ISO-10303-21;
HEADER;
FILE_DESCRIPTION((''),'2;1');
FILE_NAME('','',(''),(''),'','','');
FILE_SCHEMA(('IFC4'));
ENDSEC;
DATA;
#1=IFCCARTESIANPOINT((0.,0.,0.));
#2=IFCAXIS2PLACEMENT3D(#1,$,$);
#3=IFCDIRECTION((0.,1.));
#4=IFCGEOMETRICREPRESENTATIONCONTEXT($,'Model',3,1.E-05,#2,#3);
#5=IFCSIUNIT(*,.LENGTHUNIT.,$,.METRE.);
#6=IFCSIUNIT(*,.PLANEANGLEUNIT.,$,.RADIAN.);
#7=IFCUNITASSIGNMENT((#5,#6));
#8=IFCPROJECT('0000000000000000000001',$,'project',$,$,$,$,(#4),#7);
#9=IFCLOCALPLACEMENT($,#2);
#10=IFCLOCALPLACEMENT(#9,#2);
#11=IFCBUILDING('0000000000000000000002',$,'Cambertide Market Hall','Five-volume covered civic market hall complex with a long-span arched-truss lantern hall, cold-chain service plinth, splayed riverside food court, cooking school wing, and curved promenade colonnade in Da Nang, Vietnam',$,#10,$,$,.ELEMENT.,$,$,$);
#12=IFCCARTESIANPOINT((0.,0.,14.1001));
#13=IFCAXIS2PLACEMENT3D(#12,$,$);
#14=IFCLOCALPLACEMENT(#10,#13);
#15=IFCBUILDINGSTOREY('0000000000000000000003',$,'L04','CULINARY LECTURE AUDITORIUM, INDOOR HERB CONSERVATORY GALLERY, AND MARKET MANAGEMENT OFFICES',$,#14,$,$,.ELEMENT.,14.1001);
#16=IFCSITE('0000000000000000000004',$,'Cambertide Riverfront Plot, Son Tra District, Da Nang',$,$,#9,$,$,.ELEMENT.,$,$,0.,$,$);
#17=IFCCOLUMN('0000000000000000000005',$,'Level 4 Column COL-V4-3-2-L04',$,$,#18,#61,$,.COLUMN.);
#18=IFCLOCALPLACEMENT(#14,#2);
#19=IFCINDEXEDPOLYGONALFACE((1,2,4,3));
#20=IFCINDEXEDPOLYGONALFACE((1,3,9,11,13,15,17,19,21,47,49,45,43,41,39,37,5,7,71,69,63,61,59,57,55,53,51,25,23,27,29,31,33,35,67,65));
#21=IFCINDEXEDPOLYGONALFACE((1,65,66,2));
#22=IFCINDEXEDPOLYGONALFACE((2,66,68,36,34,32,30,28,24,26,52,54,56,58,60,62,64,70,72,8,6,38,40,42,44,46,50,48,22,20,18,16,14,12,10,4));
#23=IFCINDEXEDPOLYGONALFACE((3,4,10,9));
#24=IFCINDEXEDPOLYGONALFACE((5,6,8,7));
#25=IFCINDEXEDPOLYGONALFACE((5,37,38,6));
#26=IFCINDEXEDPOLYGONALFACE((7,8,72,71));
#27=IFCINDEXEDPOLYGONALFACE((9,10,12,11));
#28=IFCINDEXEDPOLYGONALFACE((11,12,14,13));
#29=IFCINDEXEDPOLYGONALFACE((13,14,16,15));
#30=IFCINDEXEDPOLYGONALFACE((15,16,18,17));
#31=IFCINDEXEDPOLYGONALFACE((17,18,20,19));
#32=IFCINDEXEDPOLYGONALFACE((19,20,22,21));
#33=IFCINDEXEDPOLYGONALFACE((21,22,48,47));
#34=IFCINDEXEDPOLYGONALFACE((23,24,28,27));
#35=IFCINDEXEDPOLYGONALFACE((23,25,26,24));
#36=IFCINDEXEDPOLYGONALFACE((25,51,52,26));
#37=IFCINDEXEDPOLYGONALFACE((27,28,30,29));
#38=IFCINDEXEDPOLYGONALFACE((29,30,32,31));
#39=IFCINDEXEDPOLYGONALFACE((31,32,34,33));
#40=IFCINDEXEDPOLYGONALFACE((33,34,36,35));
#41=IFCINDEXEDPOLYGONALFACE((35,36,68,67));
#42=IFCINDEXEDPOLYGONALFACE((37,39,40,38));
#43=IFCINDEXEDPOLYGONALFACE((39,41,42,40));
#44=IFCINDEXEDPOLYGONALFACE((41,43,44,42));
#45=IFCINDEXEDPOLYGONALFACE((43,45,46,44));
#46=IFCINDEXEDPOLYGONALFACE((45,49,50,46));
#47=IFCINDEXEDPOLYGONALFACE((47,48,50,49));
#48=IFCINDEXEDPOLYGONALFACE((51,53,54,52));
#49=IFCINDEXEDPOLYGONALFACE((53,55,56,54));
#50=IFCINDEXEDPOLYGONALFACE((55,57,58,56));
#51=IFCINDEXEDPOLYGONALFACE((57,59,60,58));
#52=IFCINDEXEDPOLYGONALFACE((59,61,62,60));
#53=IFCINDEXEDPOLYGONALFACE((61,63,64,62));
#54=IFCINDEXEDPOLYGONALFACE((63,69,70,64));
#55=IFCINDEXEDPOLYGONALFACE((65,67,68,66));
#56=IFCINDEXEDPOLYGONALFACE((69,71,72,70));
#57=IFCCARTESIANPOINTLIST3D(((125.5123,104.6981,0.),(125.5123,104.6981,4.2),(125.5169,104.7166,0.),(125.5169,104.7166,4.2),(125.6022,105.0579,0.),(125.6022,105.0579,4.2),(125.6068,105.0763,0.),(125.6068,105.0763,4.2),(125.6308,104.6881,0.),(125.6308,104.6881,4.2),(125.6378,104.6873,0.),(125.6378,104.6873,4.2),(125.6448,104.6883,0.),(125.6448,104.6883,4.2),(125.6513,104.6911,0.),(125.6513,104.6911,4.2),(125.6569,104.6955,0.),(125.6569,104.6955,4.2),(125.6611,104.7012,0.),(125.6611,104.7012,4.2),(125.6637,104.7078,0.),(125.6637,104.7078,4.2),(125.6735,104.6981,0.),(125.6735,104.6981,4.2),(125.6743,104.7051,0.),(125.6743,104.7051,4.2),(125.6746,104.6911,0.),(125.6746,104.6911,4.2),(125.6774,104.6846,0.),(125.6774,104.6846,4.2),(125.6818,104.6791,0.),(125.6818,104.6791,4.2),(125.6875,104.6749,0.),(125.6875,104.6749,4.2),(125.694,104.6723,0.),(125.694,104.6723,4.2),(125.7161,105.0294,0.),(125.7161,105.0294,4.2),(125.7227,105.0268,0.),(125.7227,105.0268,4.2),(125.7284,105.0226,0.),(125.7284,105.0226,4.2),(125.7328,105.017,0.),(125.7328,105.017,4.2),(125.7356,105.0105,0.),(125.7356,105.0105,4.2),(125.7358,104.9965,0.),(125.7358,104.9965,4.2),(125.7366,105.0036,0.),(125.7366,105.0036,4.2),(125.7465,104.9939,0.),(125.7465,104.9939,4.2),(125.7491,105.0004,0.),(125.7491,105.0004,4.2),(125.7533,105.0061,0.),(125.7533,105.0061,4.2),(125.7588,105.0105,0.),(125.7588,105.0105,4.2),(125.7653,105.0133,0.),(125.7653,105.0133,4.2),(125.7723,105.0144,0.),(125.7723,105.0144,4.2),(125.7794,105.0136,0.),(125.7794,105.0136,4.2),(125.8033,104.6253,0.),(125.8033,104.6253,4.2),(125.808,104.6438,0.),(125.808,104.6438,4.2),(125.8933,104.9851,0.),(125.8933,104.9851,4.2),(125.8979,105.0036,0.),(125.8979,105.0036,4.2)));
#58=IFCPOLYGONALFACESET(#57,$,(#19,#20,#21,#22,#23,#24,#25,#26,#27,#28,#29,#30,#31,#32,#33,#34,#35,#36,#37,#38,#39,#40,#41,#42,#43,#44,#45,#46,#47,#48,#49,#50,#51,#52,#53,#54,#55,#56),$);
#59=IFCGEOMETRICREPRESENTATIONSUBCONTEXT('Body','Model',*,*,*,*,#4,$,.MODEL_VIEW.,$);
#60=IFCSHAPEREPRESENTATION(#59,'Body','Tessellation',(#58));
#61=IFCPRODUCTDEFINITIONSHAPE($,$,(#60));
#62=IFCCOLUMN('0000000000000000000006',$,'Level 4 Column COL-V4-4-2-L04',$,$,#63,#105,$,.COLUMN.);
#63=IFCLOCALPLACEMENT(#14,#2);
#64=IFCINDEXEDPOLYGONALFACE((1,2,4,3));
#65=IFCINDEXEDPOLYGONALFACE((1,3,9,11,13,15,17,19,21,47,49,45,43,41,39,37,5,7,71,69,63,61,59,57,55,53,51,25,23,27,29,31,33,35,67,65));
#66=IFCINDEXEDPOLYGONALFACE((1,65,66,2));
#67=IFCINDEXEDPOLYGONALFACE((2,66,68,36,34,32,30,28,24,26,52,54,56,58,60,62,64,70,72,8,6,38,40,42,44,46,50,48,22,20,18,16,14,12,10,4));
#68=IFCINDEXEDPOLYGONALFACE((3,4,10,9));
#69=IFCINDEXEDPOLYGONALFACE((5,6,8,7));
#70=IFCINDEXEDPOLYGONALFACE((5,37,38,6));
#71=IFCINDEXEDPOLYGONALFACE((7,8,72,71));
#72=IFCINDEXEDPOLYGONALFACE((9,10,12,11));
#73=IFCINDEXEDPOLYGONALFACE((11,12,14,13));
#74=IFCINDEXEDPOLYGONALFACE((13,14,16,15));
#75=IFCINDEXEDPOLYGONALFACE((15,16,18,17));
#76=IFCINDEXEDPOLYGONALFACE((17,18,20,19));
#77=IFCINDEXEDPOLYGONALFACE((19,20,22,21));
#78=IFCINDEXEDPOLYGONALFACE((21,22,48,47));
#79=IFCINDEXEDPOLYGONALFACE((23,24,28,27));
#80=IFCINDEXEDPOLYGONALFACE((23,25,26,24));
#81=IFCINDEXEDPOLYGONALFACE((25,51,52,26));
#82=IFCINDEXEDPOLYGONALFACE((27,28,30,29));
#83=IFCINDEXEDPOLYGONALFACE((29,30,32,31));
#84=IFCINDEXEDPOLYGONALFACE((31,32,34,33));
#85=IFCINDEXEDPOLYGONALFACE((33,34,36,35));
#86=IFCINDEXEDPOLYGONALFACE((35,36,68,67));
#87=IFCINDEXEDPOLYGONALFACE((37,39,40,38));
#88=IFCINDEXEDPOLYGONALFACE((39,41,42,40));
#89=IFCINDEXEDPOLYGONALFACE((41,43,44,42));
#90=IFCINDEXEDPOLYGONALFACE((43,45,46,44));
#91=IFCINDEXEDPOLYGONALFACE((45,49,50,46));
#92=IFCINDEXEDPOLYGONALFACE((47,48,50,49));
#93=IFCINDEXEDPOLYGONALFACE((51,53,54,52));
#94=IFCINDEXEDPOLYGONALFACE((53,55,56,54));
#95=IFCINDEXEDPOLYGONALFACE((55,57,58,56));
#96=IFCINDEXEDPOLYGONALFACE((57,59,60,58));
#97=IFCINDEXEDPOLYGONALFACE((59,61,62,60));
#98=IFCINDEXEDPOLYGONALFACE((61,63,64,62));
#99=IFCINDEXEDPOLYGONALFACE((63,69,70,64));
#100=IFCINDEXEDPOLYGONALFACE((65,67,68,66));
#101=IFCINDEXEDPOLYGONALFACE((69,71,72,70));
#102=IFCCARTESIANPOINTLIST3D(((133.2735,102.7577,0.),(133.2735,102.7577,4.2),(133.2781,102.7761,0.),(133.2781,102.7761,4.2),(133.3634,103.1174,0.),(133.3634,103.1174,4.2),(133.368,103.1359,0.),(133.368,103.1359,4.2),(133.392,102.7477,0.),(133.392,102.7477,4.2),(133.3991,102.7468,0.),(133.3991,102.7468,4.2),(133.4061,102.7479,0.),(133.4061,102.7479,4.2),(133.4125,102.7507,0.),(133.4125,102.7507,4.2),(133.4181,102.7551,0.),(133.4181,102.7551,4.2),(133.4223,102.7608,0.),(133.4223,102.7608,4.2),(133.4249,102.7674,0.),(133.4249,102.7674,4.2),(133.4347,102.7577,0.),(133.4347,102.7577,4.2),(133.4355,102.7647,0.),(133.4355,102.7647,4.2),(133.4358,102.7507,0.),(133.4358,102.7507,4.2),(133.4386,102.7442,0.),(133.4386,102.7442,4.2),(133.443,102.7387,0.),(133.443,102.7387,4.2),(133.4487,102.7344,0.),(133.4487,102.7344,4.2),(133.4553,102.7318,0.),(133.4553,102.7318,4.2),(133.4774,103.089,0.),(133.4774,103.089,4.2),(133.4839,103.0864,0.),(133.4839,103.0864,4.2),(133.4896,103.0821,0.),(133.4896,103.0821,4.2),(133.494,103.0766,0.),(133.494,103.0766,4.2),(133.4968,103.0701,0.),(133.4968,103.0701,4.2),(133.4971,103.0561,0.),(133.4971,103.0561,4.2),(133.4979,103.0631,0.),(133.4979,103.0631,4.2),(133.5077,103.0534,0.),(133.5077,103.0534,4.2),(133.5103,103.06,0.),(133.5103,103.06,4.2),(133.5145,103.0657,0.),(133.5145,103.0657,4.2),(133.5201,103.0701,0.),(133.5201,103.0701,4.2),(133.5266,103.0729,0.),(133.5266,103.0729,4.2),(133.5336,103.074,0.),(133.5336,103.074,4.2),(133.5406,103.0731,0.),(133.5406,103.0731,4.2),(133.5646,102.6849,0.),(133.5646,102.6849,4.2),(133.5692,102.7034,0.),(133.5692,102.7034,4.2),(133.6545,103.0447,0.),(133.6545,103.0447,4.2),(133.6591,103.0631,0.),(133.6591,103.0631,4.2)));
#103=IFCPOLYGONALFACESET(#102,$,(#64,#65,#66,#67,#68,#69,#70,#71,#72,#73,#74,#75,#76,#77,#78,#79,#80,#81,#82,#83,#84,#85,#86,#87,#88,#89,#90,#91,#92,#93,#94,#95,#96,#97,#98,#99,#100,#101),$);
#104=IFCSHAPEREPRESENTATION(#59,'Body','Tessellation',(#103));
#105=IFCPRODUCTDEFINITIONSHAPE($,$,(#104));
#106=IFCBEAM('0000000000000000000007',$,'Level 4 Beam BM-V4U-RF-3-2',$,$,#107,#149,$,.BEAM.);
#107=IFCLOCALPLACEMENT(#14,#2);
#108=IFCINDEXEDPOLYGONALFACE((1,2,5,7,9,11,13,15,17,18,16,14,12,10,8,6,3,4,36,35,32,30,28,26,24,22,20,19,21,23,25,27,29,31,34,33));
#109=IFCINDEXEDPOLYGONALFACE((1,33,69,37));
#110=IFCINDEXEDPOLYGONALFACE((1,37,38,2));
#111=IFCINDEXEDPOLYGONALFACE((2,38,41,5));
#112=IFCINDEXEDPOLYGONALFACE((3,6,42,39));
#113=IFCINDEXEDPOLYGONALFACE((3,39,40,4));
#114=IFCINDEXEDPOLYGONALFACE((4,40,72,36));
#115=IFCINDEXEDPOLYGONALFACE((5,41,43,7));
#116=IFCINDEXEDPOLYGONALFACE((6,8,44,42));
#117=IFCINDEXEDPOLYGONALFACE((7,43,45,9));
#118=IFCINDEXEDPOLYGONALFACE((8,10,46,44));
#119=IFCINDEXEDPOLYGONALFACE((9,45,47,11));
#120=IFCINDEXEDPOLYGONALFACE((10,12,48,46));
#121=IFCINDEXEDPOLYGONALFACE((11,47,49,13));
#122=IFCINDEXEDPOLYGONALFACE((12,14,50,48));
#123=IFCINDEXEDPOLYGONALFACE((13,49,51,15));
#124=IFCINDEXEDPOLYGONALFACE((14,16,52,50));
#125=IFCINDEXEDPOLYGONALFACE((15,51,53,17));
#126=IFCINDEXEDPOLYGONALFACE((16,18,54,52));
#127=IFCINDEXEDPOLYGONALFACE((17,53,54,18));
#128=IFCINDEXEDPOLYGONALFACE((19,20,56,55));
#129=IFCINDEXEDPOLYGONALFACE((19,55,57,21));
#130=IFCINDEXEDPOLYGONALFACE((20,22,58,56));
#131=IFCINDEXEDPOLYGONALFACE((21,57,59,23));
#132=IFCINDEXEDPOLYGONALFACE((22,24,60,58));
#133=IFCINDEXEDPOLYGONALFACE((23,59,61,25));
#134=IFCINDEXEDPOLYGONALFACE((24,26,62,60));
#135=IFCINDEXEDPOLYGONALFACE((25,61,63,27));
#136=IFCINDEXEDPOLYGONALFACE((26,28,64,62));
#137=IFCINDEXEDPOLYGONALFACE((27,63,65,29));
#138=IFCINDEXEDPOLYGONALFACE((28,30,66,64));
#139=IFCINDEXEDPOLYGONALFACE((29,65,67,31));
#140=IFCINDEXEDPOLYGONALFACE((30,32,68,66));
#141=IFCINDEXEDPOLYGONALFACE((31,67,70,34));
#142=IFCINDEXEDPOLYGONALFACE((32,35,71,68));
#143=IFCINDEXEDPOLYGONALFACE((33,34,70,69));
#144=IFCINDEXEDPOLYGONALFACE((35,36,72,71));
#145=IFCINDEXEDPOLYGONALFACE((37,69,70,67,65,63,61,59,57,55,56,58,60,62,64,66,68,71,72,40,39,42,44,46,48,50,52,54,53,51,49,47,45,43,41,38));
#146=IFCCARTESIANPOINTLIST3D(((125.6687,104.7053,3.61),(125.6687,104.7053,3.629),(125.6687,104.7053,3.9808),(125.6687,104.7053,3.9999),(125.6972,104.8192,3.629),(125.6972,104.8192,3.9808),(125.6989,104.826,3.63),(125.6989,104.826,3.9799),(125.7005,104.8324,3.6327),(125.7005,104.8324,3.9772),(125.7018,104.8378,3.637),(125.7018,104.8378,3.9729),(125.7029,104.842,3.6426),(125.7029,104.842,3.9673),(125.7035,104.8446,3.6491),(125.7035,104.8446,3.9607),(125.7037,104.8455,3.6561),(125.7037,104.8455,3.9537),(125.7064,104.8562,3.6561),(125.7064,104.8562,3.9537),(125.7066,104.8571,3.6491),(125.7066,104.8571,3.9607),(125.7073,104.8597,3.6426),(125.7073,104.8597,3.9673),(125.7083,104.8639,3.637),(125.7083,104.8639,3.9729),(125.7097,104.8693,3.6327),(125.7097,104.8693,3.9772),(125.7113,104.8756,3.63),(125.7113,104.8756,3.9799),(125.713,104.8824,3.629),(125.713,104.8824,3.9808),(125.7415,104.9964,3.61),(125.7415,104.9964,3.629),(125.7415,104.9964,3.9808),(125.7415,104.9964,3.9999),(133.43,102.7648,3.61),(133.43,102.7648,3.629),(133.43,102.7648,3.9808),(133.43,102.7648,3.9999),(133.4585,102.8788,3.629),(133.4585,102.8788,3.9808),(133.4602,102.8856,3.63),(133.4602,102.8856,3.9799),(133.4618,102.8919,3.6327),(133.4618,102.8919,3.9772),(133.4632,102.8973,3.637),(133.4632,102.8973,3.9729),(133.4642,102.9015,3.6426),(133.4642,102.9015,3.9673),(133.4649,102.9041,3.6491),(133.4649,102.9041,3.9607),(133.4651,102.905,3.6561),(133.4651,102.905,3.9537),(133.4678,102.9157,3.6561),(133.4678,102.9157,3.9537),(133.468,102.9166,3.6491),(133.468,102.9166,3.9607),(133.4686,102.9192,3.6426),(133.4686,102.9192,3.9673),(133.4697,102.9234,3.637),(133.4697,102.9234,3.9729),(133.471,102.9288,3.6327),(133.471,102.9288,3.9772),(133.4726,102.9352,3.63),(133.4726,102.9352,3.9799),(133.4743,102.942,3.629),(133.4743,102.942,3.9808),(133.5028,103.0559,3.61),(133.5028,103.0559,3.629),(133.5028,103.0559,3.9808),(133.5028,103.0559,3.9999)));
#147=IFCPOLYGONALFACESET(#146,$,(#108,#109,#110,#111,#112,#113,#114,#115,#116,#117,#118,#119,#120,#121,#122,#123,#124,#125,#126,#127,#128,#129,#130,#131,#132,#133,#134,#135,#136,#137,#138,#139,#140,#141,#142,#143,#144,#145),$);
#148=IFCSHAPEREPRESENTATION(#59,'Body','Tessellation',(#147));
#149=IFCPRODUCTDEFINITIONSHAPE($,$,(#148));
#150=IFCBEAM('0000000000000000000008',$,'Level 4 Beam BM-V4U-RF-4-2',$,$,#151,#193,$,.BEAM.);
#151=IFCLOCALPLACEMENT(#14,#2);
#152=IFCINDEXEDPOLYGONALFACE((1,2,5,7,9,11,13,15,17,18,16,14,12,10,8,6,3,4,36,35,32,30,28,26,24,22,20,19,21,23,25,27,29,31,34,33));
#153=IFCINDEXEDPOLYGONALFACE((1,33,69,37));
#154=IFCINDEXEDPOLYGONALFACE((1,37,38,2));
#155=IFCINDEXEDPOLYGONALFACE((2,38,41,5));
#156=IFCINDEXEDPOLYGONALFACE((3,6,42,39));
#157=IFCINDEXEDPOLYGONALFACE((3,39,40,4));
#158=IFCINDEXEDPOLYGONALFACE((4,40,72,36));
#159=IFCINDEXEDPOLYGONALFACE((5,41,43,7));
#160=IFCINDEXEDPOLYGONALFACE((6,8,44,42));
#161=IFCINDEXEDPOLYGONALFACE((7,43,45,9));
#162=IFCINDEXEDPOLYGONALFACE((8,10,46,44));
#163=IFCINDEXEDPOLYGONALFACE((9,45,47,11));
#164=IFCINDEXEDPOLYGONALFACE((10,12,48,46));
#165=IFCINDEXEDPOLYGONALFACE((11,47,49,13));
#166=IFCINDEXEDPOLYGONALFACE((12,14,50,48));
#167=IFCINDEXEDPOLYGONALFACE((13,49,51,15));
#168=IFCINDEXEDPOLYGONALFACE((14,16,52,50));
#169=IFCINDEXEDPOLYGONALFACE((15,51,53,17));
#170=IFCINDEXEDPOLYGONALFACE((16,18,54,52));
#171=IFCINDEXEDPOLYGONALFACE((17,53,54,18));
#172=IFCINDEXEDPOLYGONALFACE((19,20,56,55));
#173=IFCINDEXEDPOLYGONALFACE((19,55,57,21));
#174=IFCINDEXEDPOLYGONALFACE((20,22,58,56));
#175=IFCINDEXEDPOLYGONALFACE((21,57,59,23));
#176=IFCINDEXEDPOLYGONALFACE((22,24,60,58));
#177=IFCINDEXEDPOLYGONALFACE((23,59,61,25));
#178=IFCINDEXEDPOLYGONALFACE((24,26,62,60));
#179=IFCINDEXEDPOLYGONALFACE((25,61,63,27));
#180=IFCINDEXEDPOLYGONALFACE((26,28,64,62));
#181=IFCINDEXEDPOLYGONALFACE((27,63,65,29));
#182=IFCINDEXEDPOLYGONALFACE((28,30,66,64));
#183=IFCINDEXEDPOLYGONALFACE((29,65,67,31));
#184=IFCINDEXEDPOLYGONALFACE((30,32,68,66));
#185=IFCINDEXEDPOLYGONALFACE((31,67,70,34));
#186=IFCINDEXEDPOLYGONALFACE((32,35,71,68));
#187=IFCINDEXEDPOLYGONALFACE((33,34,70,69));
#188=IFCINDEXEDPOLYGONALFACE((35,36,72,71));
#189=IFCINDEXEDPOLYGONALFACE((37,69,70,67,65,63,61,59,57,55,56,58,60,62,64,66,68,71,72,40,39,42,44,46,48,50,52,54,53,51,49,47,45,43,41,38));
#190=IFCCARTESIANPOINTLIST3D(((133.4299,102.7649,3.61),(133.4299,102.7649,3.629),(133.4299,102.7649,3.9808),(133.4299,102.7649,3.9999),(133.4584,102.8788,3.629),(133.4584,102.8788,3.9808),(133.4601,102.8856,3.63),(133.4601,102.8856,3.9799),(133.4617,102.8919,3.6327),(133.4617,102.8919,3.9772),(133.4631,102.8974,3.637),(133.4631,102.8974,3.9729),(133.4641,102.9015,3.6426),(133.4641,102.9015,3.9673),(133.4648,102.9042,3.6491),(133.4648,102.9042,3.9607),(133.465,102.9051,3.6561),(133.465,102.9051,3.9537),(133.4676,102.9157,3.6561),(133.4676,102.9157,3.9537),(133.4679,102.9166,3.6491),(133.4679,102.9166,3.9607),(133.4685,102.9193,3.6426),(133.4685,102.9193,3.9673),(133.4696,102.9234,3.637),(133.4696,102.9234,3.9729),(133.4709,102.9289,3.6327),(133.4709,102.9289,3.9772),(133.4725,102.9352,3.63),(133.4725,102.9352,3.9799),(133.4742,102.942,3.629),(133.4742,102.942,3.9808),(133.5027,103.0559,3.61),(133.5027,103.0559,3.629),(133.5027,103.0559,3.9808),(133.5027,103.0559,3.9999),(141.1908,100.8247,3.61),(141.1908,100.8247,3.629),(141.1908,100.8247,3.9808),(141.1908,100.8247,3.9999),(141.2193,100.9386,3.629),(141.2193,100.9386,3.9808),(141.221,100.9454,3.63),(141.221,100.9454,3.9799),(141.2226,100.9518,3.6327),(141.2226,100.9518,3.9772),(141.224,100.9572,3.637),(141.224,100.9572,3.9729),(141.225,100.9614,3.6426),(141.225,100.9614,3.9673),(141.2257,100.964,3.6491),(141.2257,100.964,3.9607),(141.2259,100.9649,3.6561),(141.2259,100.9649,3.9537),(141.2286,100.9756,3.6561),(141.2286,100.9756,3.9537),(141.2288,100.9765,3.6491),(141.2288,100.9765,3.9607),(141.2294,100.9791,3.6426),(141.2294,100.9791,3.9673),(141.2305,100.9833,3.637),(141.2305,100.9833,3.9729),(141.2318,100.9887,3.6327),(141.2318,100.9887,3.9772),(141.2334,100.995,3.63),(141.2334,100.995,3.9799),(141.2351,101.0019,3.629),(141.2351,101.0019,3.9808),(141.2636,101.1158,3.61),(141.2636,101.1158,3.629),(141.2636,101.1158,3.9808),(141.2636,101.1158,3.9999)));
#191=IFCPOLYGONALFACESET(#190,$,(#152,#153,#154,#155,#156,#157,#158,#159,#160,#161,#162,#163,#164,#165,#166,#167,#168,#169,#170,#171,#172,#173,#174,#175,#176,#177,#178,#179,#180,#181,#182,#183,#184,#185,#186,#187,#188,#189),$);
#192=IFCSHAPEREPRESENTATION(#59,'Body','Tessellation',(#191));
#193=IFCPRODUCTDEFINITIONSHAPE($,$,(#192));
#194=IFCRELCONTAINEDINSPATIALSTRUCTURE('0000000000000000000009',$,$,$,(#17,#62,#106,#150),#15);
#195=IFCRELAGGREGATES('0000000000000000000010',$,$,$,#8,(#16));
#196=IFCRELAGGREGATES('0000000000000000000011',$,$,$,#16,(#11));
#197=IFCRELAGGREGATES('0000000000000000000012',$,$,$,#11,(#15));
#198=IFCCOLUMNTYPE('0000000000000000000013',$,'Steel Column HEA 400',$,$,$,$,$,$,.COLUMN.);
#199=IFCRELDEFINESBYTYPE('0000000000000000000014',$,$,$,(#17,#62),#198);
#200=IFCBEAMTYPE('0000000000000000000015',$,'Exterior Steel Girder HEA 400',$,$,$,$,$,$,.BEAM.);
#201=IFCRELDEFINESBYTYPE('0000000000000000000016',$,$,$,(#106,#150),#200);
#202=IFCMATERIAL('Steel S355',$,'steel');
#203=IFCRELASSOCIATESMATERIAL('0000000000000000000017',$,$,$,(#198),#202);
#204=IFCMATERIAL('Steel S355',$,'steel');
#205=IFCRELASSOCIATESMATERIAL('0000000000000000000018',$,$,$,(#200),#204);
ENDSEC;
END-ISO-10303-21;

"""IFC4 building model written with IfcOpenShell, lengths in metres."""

from ifc_helpers import new_model, si_unit, direction, frame, origin, origin_2d, place, context, subcontext, project, spatial, i_section, extrude, material, material_profile, profile_set, type_object, element, save


model = new_model("IFC4")

# Units and contexts
model_context = context("Model", 3, precision=1e-05, world=origin(), true_north=direction((0.0, 1.0)))
body_context = subcontext(model_context, "Body", "Model", "MODEL_VIEW")
ifc_project = project(units=[si_unit("LENGTHUNIT", "METRE"), si_unit("PLANEANGLEUNIT", "RADIAN")], contexts=[model_context])

# Site, building, storey
site_placement = place(None, origin())
site = spatial("IfcSite", under=ifc_project, at=site_placement, Name="Cambertide Riverfront Plot, Son Tra District, Da Nang", CompositionType="ELEMENT", RefElevation=0.0)
building_placement = place(site_placement, origin())
building = spatial("IfcBuilding", under=site, at=building_placement, Name="Cambertide Market Hall", Description="Five-volume covered civic market hall complex with a long-span arched-truss lantern hall, cold-chain service plinth, splayed riverside food court, cooking school wing, and curved promenade colonnade in Da Nang, Vietnam", CompositionType="ELEMENT")
storey_placement = place(building_placement, frame((0.0, 0.0, 14.1001)))
storey = spatial("IfcBuildingStorey", under=building, at=storey_placement, Name="L04", Description="CULINARY LECTURE AUDITORIUM, INDOOR HERB CONSERVATORY GALLERY, AND MARKET MANAGEMENT OFFICES", CompositionType="ELEMENT", Elevation=14.1001)

# Columns
ifc_material_1 = material(Name="Steel S355", Category="steel")
ifc_material_profile_1 = material_profile(ifc_material_1, i_section(OverallWidth=0.3, OverallDepth=0.3899, WebThickness=0.011, FlangeThickness=0.019, FilletRadius=0.0271, at=origin_2d()), Name="HEA 400")
ifc_profile_set_1 = profile_set([ifc_material_profile_1], Name="Steel S355")
column_type = type_object("IfcColumnType", Name="Steel Column HEA 400", PredefinedType="COLUMN", material=ifc_profile_set_1)
for number, where, z_axis, x_axis, name in (
    (1, (125.7051, 104.8508, 0.0), (0.0, 0.0, 1.0), (0.970143, -0.242536, 0.0), "Level 4 Column COL-V4-3-2-L04"),
    (2, (133.4663, 102.9104, 0.0), (0.0, 0.0, 1.0), (0.970143, -0.242536, 0.0), "Level 4 Column COL-V4-4-2-L04"),
):
    element("IfcColumn", number, at=place(storey_placement, frame(where, z_axis=z_axis, x_axis=x_axis)), inside=storey, type_object=column_type, Name=name, PredefinedType="COLUMN", context=body_context, shape_type="SweptSolid", body=[
        extrude(i_section(OverallWidth=0.3, OverallDepth=0.3899, WebThickness=0.011, FlangeThickness=0.019, FilletRadius=0.0271, at=origin_2d()), origin(), (0.0, 0.0, 1.0), 4.2),
    ])

# Beams
ifc_material_2 = material(Name="Steel S355", Category="steel")
ifc_material_profile_2 = material_profile(ifc_material_2, i_section(OverallWidth=0.3, OverallDepth=0.3899, WebThickness=0.011, FlangeThickness=0.019, FilletRadius=0.0271, at=origin_2d()), Name="HEA 400")
ifc_profile_set_2 = profile_set([ifc_material_profile_2], Name="Steel S355")
beam_type_1 = type_object("IfcBeamType", Name="Exterior Steel Girder HEA 400", PredefinedType="BEAM", material=ifc_profile_set_2)
beam_1_placement = place(storey_placement, frame((125.7051, 104.8508, 3.8049), z_axis=(0.970139, -0.24255, 0.0), x_axis=(0.24255, 0.970139, 0.0)))
element("IfcBeam", 3, at=beam_1_placement, inside=storey, type_object=beam_type_1, Name="Level 4 Beam BM-V4U-RF-3-2", PredefinedType="BEAM", context=body_context, shape_type="SweptSolid", body=[
    extrude(i_section(OverallWidth=0.3, OverallDepth=0.3899, WebThickness=0.011, FlangeThickness=0.019, FilletRadius=0.0271, at=origin_2d()), origin(), (0.0, 0.0, 1.0), 8.0002),
])
beam_2_placement = place(storey_placement, frame((133.4663, 102.9104, 3.8049), z_axis=(0.970144, -0.242528, 0.0), x_axis=(0.242528, 0.970144, 0.0)))
element("IfcBeam", 4, at=beam_2_placement, inside=storey, type_object=beam_type_1, Name="Level 4 Beam BM-V4U-RF-4-2", PredefinedType="BEAM", context=body_context, shape_type="SweptSolid", body=[
    extrude(i_section(OverallWidth=0.3, OverallDepth=0.3899, WebThickness=0.011, FlangeThickness=0.019, FilletRadius=0.0271, at=origin_2d()), origin(), (0.0, 0.0, 1.0), 7.9998),
])

save(model, "model.ifc")
